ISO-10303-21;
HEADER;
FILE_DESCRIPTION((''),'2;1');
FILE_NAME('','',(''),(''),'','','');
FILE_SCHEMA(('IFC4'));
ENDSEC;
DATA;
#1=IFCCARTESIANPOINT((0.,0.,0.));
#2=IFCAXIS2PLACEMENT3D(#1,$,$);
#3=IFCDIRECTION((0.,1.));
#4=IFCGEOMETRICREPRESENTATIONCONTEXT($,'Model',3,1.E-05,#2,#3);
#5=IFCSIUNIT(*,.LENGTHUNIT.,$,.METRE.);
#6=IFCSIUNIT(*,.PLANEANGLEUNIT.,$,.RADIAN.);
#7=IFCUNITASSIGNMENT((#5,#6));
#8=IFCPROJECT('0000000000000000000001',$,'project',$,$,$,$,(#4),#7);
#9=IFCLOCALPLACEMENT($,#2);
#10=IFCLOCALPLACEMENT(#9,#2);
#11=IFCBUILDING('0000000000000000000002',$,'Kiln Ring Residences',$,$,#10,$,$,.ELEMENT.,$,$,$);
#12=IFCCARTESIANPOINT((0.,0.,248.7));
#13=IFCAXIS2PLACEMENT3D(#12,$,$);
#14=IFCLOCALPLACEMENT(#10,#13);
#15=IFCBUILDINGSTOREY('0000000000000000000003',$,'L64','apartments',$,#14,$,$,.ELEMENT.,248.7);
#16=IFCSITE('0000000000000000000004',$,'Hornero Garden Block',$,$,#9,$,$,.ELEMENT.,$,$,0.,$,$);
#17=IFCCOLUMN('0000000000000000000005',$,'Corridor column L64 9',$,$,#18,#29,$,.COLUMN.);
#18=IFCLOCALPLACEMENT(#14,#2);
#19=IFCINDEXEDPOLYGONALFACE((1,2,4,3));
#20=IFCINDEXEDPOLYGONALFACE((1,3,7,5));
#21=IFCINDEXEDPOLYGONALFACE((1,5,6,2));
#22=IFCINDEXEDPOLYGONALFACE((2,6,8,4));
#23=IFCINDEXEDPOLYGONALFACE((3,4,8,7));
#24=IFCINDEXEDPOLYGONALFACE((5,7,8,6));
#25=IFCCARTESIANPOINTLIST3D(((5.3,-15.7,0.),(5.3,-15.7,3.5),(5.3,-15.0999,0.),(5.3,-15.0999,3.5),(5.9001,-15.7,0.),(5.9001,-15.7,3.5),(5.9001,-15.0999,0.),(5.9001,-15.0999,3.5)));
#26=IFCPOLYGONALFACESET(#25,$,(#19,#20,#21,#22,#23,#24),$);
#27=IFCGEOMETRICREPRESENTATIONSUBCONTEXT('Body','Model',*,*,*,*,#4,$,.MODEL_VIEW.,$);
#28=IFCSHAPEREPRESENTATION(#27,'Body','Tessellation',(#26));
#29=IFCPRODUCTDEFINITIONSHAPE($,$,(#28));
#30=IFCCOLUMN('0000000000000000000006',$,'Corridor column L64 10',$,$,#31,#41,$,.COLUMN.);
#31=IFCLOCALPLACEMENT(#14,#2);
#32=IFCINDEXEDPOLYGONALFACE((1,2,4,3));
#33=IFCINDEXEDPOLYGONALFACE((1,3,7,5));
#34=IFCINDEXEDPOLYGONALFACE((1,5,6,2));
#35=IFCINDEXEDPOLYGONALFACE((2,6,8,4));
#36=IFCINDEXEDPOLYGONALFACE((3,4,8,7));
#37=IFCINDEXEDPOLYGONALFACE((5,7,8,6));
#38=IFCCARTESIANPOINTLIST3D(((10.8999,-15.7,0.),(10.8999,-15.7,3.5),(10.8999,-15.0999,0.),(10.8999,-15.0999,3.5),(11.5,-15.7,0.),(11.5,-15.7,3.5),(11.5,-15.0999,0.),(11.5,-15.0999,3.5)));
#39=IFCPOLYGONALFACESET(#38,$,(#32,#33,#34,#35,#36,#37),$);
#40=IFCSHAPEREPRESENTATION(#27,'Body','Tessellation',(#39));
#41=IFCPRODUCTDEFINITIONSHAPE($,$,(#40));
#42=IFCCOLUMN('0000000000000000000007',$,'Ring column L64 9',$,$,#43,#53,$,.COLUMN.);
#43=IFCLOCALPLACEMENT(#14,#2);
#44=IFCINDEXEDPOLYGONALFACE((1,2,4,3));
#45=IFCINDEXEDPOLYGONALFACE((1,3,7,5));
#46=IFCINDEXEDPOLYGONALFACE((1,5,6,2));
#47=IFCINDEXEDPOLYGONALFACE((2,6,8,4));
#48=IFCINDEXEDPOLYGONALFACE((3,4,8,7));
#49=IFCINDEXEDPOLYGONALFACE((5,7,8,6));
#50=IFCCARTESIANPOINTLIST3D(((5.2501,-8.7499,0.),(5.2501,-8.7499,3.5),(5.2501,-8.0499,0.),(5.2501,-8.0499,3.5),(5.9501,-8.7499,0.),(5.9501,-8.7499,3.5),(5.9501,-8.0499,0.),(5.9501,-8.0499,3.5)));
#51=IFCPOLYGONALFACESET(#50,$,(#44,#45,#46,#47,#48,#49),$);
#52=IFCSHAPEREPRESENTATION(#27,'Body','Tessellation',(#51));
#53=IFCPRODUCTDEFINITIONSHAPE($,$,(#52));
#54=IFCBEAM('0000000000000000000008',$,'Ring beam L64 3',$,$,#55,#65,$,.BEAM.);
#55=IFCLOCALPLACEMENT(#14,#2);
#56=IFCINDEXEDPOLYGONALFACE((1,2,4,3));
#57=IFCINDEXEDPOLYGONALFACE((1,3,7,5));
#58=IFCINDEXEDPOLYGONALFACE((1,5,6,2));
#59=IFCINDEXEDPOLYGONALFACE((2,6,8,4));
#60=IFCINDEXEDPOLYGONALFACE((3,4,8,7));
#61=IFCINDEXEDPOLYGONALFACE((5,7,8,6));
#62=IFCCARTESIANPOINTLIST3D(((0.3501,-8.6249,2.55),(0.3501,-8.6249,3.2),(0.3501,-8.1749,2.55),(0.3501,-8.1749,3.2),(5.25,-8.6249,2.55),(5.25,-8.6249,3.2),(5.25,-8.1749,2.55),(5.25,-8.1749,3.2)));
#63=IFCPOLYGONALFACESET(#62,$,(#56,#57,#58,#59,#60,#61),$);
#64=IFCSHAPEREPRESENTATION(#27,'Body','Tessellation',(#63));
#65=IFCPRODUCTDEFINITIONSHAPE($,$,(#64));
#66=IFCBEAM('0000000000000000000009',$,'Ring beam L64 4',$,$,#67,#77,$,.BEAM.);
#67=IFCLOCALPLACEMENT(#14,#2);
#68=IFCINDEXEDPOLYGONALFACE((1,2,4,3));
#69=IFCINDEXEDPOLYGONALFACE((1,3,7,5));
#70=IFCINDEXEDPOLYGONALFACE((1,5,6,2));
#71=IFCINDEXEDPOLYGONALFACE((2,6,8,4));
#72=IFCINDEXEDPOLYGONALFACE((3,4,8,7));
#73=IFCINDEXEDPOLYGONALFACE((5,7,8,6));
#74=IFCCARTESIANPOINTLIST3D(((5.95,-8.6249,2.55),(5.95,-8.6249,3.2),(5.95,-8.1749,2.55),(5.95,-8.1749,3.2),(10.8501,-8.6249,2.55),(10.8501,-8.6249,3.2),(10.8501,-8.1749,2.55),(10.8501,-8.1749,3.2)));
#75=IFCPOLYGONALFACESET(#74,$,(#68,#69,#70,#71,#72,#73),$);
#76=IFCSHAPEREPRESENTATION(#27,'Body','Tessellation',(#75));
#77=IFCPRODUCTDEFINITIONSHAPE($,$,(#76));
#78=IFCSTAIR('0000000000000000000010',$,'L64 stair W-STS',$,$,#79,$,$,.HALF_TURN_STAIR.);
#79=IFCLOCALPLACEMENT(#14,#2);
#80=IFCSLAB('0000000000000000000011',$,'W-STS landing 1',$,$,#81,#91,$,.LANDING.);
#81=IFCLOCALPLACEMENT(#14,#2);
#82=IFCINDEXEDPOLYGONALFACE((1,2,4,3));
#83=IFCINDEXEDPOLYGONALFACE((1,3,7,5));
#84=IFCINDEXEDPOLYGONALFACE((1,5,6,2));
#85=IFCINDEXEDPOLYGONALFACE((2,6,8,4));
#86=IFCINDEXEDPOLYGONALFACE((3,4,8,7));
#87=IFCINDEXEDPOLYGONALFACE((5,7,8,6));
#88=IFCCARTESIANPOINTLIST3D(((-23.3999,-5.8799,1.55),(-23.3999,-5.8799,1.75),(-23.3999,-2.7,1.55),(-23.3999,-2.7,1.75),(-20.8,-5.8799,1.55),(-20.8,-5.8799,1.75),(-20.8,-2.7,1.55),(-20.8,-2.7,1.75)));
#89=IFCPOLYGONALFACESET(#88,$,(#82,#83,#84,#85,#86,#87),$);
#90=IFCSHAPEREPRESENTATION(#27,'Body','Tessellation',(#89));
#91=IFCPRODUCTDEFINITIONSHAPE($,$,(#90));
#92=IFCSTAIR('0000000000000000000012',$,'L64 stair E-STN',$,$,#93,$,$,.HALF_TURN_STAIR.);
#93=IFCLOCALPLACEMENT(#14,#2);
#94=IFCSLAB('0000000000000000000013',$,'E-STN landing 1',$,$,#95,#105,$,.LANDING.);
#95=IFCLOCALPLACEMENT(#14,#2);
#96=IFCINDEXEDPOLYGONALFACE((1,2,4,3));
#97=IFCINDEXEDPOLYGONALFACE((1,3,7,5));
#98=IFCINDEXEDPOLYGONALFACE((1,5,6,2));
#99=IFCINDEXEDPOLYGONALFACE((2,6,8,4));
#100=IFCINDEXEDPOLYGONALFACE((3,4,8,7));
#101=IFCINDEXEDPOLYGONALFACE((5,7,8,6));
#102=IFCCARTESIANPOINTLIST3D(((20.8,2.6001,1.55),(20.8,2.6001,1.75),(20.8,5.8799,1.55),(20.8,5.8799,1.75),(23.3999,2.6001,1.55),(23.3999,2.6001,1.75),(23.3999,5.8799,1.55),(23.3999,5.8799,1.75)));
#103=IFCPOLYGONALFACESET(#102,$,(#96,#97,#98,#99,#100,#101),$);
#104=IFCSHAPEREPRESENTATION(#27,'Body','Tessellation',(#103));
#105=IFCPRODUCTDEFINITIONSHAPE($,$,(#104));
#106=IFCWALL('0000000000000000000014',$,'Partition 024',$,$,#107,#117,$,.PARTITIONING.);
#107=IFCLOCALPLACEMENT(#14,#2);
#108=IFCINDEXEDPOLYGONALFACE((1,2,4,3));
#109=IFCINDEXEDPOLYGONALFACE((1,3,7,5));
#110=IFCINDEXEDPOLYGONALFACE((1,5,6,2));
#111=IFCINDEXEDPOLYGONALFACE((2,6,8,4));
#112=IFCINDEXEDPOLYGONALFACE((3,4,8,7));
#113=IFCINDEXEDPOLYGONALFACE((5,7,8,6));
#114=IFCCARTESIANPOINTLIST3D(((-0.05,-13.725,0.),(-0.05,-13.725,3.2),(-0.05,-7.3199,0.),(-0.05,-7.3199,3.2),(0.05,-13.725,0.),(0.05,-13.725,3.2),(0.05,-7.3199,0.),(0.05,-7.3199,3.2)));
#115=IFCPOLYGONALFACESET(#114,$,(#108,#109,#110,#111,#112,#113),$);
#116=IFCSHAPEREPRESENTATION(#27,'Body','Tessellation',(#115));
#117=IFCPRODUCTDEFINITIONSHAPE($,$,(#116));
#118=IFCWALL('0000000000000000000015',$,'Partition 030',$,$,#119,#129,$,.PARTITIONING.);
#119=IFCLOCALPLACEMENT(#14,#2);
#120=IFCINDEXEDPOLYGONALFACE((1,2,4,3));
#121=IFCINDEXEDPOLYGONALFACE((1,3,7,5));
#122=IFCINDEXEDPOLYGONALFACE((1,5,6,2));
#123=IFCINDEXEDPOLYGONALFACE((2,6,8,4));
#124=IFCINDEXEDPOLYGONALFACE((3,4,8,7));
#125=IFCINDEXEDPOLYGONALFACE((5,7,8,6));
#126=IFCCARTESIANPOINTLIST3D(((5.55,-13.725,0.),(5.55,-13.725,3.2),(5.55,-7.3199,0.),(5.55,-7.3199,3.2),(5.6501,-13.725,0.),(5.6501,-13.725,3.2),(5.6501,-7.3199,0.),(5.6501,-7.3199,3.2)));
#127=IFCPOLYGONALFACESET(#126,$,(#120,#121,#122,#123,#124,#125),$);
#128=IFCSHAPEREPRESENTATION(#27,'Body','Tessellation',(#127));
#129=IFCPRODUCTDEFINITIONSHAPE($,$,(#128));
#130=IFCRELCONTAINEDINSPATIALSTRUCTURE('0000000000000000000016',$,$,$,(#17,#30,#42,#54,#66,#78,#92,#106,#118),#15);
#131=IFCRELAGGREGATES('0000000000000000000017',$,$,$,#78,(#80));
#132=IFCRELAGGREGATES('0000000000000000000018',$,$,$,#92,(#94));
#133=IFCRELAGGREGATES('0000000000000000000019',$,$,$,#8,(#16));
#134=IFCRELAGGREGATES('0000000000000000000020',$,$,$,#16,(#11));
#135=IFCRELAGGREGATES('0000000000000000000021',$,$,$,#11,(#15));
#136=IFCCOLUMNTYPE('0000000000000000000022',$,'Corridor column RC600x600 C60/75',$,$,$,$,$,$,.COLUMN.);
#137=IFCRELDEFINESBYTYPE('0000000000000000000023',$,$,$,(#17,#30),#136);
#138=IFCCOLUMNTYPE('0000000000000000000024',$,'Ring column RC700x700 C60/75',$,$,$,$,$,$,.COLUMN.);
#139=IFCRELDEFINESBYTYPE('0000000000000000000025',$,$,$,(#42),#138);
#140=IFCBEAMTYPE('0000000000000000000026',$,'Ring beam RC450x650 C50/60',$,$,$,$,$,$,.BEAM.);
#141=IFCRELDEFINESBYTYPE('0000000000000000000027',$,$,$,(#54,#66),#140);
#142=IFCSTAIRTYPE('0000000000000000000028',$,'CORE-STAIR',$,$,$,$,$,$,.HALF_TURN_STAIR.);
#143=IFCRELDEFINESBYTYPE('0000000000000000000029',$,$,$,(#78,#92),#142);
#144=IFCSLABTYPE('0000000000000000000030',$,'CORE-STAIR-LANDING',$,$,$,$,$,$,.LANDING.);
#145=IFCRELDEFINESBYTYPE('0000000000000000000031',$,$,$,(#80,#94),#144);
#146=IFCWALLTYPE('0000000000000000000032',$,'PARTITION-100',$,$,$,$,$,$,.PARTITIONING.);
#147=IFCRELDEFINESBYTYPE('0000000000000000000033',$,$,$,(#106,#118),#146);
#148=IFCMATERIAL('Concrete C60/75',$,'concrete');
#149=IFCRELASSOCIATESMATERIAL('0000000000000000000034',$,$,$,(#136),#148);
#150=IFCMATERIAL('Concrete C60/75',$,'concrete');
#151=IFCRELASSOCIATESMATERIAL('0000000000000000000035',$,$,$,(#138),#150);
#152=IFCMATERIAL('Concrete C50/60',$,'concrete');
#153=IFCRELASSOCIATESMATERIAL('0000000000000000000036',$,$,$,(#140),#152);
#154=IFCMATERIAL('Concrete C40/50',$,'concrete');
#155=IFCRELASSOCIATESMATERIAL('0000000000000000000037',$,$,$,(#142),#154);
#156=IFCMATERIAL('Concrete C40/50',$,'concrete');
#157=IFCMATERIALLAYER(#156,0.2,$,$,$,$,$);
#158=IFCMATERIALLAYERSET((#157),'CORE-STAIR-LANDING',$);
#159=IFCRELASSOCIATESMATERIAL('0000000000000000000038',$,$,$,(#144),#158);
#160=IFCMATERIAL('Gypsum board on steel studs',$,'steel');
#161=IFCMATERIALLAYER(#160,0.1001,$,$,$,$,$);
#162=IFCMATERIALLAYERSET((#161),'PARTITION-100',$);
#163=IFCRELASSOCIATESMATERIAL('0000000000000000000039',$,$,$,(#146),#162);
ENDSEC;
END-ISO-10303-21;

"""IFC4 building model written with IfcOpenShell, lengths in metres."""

from ifc_helpers import new_model, si_unit, direction, frame, frame_2d, origin, origin_2d, place, context, subcontext, project, spatial, polyline, rectangle, outline, extrude, material, layer, layer_set, material_profile, profile_set, type_object, element, aggregate, save


model = new_model("IFC4")

# Units and contexts
model_context = context("Model", 3, precision=1e-05, world=origin(), true_north=direction((0.0, 1.0)))
body_context = subcontext(model_context, "Body", "Model", "MODEL_VIEW")
ifc_project = project(units=[si_unit("LENGTHUNIT", "METRE"), si_unit("PLANEANGLEUNIT", "RADIAN")], contexts=[model_context])

# Site, building, storey
site_placement = place(None, origin())
site = spatial("IfcSite", under=ifc_project, at=site_placement, Name="Hornero Garden Block", CompositionType="ELEMENT", RefElevation=0.0)
building_placement = place(site_placement, origin())
building = spatial("IfcBuilding", under=site, at=building_placement, Name="Kiln Ring Residences", CompositionType="ELEMENT")
storey_placement = place(building_placement, frame((0.0, 0.0, 248.7)))
storey = spatial("IfcBuildingStorey", under=building, at=storey_placement, Name="L64", Description="apartments", CompositionType="ELEMENT", Elevation=248.7)

# Columns
ifc_material_1 = material(Name="Concrete C60/75", Category="concrete")
ifc_material_profile_1 = material_profile(ifc_material_1, rectangle(XDim=0.6001, YDim=0.6001, at=origin_2d()), Name="RC600x600")
ifc_profile_set_1 = profile_set([ifc_material_profile_1], Name="Concrete C60/75")
column_type_1 = type_object("IfcColumnType", Name="Corridor column RC600x600 C60/75", PredefinedType="COLUMN", material=ifc_profile_set_1)
for number, where, z_axis, x_axis, name in (
    (1, (5.6001, -15.3999, 0.0), (0.0, 0.0, 1.0), (1.0, 0.0, 0.0), "Corridor column L64 9"),
    (2, (11.2, -15.3999, 0.0), (0.0, 0.0, 1.0), (1.0, 0.0, 0.0), "Corridor column L64 10"),
):
    element("IfcColumn", number, at=place(storey_placement, frame(where, z_axis=z_axis, x_axis=x_axis)), inside=storey, type_object=column_type_1, Name=name, PredefinedType="COLUMN", context=body_context, shape_type="SweptSolid", body=[
        extrude(rectangle(XDim=0.6001, YDim=0.6001, at=origin_2d()), origin(), (0.0, 0.0, 1.0), 3.5),
    ])
ifc_material_2 = material(Name="Concrete C60/75", Category="concrete")
ifc_material_profile_2 = material_profile(ifc_material_2, rectangle(XDim=0.7, YDim=0.7, at=origin_2d()), Name="RC700x700")
ifc_profile_set_2 = profile_set([ifc_material_profile_2], Name="Concrete C60/75")
column_type_2 = type_object("IfcColumnType", Name="Ring column RC700x700 C60/75", PredefinedType="COLUMN", material=ifc_profile_set_2)
column_placement = place(storey_placement, frame((5.6001, -8.3999, 0.0), z_axis=(0.0, 0.0, 1.0), x_axis=(1.0, 0.0, 0.0)))
element("IfcColumn", 3, at=column_placement, inside=storey, type_object=column_type_2, Name="Ring column L64 9", PredefinedType="COLUMN", context=body_context, shape_type="SweptSolid", body=[
    extrude(rectangle(XDim=0.7, YDim=0.7, at=origin_2d()), origin(), (0.0, 0.0, 1.0), 3.5),
])

# Beams
ifc_material_3 = material(Name="Concrete C50/60", Category="concrete")
ifc_material_profile_3 = material_profile(ifc_material_3, rectangle(XDim=0.45, YDim=0.6499, at=origin_2d()), Name="RC450x650")
ifc_profile_set_3 = profile_set([ifc_material_profile_3], Name="Concrete C50/60")
beam_type = type_object("IfcBeamType", Name="Ring beam RC450x650 C50/60", PredefinedType="BEAM", material=ifc_profile_set_3)
beam_1_placement = place(storey_placement, frame((0.3501, -8.3999, 2.875), z_axis=(1.0, 0.0, 0.0), x_axis=(0.0, 1.0, 0.0)))
element("IfcBeam", 4, at=beam_1_placement, inside=storey, type_object=beam_type, Name="Ring beam L64 3", PredefinedType="BEAM", context=body_context, shape_type="SweptSolid", body=[
    extrude(rectangle(XDim=0.45, YDim=0.6499, at=origin_2d()), origin(), (0.0, 0.0, 1.0), 4.8999),
])
beam_2_placement = place(storey_placement, frame((5.95, -8.3999, 2.875), z_axis=(1.0, 0.0, 0.0), x_axis=(0.0, 1.0, 0.0)))
element("IfcBeam", 5, at=beam_2_placement, inside=storey, type_object=beam_type, Name="Ring beam L64 4", PredefinedType="BEAM", context=body_context, shape_type="SweptSolid", body=[
    extrude(rectangle(XDim=0.45, YDim=0.6499, at=origin_2d()), origin(), (0.0, 0.0, 1.0), 4.9001),
])

# Stairs, slabs
ifc_material_4 = material(Name="Concrete C40/50", Category="concrete")
stair_type = type_object("IfcStairType", Name="CORE-STAIR", PredefinedType="HALF_TURN_STAIR", material=ifc_material_4)
placement_1 = place(storey_placement, origin())
stair_1 = element("IfcStair", 6, at=placement_1, inside=storey, type_object=stair_type, Name="L64 stair W-STS", PredefinedType="HALF_TURN_STAIR")
ifc_material_5 = material(Name="Concrete C40/50", Category="concrete")
ifc_layer_1 = layer(ifc_material_5, 0.2)
ifc_layer_set_1 = layer_set([ifc_layer_1], Name="CORE-STAIR-LANDING")
slab_type = type_object("IfcSlabType", Name="CORE-STAIR-LANDING", PredefinedType="LANDING", material=ifc_layer_set_1)
placement_2 = place(storey_placement, frame((0.0, 0.0, 1.55)))
slab_1 = element("IfcSlab", 7, at=placement_2, type_object=slab_type, Name="W-STS landing 1", PredefinedType="LANDING", context=body_context, shape_type="SweptSolid", body=[
    extrude(outline(polyline([(-20.8, -5.8799), (-20.8, -2.7), (-23.3999, -2.7), (-23.3999, -5.8799), (-20.8, -5.8799)])), origin(), (0.0, 0.0, 1.0), 0.2),
])
aggregate(stair_1, [slab_1])
stair_2 = element("IfcStair", 8, at=placement_1, inside=storey, type_object=stair_type, Name="L64 stair E-STN", PredefinedType="HALF_TURN_STAIR")
slab_2 = element("IfcSlab", 9, at=placement_2, type_object=slab_type, Name="E-STN landing 1", PredefinedType="LANDING", context=body_context, shape_type="SweptSolid", body=[
    extrude(outline(polyline([(20.8, 5.8799), (20.8, 2.6001), (23.3999, 2.6001), (23.3999, 5.8799), (20.8, 5.8799)])), origin(), (0.0, 0.0, 1.0), 0.2),
])
aggregate(stair_2, [slab_2])

# Walls
ifc_material_6 = material(Name="Gypsum board on steel studs", Category="steel")
ifc_layer_2 = layer(ifc_material_6, 0.1001)
ifc_layer_set_2 = layer_set([ifc_layer_2], Name="PARTITION-100")
wall_type = type_object("IfcWallType", Name="PARTITION-100", PredefinedType="PARTITIONING", material=ifc_layer_set_2)
for number, where, z_axis, x_axis, name in (
    (10, (0.0, -13.7251, 0.0), (0.0, 0.0, 1.0), (0.0, 1.0, 0.0), "Partition 024"),
    (11, (5.6001, -13.7251, 0.0), (0.0, 0.0, 1.0), (0.0, 1.0, 0.0), "Partition 030"),
):
    element("IfcWall", number, at=place(storey_placement, frame(where, z_axis=z_axis, x_axis=x_axis)), inside=storey, type_object=wall_type, Name=name, PredefinedType="PARTITIONING", context=body_context, shape_type="SweptSolid", body=[
        extrude(rectangle(XDim=6.405, YDim=0.1001, at=frame_2d((3.2026, 0.0))), origin(), (0.0, 0.0, 1.0), 3.2),
    ])

save(model, "model.ifc")
